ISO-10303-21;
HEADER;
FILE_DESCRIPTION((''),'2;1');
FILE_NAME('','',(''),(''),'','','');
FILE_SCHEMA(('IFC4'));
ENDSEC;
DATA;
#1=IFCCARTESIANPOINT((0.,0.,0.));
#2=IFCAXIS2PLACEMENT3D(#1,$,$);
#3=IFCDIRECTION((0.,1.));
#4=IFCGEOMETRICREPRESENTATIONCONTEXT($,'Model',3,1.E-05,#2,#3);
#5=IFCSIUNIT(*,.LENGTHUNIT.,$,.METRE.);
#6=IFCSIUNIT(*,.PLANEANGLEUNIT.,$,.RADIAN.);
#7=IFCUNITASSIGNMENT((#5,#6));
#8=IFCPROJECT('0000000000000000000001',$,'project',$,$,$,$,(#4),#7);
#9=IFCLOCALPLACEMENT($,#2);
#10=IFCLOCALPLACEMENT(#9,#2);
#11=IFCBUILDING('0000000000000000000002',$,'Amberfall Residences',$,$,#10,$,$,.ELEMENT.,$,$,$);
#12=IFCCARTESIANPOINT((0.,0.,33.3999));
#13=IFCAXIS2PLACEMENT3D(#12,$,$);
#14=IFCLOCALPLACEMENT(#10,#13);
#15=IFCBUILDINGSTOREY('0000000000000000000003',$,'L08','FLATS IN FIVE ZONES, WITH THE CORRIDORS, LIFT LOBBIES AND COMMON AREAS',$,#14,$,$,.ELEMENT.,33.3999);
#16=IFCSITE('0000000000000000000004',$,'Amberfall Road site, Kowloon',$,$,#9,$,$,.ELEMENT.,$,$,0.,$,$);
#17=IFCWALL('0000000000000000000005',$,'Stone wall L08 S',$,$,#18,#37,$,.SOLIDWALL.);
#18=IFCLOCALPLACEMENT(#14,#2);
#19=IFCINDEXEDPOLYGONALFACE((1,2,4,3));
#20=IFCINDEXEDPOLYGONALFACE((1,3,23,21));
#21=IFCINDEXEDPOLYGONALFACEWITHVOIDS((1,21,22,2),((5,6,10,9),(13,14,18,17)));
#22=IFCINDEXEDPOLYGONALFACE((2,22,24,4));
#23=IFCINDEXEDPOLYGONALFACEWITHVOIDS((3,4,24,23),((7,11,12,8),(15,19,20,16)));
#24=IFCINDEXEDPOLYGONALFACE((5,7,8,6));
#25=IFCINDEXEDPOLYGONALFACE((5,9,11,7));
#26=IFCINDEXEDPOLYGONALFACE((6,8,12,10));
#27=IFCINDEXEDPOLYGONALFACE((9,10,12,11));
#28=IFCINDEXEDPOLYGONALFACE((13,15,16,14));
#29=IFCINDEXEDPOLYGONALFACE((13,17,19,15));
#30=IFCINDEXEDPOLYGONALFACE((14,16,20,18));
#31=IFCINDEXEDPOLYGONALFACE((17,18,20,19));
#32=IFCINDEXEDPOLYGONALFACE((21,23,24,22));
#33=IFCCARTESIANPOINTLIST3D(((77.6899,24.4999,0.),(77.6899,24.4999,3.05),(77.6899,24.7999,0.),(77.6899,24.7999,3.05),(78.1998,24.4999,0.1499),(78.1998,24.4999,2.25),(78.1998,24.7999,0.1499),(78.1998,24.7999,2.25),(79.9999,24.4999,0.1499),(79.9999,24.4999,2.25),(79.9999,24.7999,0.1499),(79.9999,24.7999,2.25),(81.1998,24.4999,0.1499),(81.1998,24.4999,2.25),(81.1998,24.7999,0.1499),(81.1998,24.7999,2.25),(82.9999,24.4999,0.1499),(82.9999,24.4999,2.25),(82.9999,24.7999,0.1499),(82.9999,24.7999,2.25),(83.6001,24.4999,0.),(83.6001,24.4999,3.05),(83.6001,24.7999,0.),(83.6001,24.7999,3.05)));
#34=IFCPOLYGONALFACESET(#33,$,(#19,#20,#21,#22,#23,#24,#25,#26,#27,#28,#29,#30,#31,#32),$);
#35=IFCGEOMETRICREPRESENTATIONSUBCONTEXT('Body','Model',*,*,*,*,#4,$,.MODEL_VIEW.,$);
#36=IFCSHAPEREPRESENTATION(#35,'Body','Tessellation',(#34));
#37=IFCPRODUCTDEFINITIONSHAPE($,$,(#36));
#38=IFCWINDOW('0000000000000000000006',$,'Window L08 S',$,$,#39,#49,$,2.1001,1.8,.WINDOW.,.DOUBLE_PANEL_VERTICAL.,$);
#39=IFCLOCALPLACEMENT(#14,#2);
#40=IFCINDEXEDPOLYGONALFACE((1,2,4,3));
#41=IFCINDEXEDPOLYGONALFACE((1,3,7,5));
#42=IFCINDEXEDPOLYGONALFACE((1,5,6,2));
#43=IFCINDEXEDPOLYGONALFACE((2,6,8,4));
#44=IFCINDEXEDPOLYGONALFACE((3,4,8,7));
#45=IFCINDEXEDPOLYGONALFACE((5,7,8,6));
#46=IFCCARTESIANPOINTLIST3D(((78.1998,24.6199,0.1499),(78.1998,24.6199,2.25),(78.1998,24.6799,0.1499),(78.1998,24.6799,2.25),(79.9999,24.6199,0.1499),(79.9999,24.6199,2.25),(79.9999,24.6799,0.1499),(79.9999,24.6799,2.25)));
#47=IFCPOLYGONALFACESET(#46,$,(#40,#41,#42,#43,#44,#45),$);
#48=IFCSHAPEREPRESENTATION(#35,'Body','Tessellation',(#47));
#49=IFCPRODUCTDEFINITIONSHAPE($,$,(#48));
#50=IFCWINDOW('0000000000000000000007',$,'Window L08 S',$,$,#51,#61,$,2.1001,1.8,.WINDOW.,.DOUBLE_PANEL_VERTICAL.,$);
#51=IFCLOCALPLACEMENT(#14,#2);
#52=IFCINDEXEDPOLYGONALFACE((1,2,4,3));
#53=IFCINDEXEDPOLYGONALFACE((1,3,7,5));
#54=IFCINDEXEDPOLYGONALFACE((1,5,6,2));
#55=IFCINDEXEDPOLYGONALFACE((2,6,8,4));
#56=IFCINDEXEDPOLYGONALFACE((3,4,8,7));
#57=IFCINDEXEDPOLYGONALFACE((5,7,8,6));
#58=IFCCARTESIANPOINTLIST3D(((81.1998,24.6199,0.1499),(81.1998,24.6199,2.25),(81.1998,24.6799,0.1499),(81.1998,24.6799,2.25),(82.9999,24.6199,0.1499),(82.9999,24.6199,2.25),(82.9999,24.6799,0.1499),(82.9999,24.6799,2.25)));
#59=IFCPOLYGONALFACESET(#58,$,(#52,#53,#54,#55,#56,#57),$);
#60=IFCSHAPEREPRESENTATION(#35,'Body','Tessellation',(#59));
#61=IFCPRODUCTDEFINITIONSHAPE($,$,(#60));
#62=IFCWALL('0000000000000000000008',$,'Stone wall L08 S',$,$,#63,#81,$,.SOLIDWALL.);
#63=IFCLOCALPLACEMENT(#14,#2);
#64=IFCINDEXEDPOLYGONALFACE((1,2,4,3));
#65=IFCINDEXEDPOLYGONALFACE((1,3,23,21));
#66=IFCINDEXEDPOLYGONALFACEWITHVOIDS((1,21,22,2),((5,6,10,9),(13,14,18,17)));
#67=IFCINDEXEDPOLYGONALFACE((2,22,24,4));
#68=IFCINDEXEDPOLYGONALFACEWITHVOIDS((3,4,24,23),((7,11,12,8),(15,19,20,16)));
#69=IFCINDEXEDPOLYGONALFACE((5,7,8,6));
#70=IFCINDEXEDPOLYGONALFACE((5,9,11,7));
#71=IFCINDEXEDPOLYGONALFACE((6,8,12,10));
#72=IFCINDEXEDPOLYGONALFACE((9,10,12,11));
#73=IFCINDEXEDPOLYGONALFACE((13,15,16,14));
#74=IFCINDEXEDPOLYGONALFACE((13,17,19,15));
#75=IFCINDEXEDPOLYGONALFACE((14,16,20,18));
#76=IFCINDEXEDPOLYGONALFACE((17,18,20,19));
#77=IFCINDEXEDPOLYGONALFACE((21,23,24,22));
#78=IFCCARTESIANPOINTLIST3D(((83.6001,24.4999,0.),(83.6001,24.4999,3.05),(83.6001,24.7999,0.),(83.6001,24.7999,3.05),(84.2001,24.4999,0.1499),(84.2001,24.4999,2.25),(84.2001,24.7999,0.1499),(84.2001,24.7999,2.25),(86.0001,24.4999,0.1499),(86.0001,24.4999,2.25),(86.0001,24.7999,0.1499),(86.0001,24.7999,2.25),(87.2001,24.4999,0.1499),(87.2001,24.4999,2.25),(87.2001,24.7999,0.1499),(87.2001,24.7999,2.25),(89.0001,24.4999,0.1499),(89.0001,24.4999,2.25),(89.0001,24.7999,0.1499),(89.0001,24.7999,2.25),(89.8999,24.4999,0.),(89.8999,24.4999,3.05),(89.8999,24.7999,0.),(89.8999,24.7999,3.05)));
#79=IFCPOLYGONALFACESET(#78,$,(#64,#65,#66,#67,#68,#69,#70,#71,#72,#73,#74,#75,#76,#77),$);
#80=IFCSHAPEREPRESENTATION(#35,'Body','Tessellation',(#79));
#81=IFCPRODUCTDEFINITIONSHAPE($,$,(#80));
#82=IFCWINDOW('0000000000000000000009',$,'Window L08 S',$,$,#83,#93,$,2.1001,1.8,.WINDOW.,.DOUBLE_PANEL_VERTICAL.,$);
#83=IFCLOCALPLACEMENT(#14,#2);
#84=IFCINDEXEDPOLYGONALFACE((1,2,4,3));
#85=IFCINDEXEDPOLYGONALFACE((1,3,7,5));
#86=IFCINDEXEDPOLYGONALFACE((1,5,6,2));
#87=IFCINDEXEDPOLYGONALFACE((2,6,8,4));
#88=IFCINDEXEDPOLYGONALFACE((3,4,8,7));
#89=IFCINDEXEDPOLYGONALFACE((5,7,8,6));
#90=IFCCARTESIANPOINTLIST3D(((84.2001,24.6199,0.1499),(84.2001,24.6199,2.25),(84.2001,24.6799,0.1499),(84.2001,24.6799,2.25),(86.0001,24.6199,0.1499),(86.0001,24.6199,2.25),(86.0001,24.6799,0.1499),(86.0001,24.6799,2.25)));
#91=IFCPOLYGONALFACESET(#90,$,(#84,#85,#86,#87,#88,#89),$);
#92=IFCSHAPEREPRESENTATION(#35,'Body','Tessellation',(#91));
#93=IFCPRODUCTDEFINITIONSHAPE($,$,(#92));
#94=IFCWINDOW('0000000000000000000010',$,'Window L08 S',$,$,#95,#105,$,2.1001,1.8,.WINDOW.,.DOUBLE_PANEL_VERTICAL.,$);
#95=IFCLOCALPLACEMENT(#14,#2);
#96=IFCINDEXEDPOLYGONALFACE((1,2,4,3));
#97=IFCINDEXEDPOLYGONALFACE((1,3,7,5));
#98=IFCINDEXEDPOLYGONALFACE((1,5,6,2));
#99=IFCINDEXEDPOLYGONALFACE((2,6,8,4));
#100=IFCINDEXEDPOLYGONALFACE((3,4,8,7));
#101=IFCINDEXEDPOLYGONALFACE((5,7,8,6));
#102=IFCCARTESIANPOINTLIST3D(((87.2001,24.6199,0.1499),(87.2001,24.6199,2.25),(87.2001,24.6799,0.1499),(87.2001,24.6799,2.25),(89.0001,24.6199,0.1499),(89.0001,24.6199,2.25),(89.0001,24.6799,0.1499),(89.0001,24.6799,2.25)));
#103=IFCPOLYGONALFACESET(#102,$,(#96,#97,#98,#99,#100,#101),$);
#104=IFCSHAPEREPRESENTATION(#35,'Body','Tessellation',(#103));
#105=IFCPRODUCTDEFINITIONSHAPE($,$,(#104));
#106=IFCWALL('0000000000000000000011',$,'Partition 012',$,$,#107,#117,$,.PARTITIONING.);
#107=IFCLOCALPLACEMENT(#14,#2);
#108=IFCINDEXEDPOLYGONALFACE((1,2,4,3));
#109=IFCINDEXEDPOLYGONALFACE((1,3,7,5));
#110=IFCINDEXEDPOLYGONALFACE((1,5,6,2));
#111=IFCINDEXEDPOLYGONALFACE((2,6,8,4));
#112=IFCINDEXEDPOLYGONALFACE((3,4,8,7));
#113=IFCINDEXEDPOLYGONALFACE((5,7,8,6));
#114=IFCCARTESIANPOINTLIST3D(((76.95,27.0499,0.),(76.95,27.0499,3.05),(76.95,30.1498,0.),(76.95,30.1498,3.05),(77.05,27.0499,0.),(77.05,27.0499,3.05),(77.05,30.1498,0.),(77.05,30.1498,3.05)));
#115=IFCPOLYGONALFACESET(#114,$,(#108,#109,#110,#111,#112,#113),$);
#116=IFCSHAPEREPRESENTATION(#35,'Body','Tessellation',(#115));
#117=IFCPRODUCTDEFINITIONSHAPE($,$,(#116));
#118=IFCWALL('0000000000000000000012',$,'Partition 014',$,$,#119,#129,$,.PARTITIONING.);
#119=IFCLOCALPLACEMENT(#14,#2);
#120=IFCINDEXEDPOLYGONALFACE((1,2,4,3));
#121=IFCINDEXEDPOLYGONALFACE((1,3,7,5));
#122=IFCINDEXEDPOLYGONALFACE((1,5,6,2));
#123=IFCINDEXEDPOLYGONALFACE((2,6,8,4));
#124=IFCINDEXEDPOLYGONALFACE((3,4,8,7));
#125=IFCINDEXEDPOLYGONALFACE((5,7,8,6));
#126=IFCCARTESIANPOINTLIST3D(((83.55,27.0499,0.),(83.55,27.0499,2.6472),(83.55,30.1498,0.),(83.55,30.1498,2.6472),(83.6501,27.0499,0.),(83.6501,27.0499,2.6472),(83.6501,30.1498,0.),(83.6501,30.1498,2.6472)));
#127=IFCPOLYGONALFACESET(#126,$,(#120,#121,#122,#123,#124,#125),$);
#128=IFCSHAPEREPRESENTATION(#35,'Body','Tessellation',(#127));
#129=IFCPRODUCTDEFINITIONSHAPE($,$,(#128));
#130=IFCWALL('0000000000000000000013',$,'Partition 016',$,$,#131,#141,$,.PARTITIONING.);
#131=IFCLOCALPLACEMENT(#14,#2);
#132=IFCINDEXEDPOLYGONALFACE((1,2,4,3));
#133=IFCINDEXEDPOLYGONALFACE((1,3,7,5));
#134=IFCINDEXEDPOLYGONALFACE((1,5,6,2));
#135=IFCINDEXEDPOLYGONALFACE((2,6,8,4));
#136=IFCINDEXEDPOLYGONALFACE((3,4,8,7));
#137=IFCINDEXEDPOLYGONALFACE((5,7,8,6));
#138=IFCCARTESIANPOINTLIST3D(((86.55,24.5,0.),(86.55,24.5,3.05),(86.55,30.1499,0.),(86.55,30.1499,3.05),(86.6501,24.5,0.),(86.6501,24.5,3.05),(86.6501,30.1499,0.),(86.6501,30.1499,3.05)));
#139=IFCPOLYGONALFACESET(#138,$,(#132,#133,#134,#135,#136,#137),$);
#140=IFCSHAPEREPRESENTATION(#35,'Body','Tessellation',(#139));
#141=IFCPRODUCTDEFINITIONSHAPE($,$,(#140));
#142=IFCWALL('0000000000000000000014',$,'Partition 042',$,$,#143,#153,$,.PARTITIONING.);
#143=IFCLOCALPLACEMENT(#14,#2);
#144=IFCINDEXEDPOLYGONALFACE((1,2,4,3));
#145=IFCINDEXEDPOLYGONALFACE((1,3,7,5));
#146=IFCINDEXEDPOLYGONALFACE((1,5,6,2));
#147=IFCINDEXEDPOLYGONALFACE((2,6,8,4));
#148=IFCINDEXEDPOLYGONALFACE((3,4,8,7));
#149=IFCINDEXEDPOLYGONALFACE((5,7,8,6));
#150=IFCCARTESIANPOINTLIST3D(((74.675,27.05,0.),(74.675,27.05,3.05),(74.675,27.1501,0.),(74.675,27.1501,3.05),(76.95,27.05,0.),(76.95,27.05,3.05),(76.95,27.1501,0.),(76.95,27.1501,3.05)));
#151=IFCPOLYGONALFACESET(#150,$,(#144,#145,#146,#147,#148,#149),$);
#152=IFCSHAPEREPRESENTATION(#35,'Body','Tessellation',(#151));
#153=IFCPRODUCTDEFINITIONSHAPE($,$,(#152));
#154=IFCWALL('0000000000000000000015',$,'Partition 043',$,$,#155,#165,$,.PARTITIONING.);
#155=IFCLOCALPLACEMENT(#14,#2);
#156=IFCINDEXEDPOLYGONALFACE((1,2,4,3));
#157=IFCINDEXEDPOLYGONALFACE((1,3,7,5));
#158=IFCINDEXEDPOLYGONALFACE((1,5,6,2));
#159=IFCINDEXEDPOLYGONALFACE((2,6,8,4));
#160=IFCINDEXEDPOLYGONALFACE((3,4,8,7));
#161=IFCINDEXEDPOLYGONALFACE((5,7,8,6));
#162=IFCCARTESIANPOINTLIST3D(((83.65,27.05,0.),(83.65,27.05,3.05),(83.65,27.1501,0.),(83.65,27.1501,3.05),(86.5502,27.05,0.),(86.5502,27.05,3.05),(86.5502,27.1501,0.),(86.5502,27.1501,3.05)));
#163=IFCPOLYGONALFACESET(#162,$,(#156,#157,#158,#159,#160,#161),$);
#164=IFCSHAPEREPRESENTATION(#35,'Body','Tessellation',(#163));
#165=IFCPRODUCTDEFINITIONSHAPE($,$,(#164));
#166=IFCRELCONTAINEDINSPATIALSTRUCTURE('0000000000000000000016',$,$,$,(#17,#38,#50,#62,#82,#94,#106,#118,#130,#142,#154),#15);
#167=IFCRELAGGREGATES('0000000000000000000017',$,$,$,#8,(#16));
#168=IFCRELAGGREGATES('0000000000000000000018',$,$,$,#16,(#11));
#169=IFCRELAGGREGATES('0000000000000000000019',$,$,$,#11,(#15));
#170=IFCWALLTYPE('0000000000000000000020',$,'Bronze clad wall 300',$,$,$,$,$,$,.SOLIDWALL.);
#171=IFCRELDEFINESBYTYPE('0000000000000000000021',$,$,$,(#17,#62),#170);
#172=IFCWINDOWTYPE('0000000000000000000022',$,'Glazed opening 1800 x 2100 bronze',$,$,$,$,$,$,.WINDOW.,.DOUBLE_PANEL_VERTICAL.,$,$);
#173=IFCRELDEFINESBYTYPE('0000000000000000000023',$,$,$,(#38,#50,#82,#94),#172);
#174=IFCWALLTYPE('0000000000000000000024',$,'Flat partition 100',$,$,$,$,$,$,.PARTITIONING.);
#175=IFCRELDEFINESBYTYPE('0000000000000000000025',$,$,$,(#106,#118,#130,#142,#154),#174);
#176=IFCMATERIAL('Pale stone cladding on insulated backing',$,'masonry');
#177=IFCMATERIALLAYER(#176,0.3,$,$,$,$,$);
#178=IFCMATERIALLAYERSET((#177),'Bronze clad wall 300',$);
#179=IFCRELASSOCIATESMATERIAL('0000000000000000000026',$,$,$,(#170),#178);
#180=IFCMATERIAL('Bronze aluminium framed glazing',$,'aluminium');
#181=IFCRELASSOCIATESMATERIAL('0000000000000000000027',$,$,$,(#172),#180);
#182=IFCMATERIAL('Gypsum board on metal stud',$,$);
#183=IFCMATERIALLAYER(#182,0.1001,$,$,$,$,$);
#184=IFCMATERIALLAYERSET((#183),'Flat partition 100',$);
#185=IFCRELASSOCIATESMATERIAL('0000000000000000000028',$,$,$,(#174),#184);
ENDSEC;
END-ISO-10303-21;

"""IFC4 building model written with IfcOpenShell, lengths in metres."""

from ifc_helpers import new_model, si_unit, direction, frame, frame_2d, origin, place, context, subcontext, project, spatial, rectangle, extrude, material, layer, layer_set, type_object, element, fill, save


model = new_model("IFC4")

# Units and contexts
model_context = context("Model", 3, precision=1e-05, world=origin(), true_north=direction((0.0, 1.0)))
body_context = subcontext(model_context, "Body", "Model", "MODEL_VIEW")
ifc_project = project(units=[si_unit("LENGTHUNIT", "METRE"), si_unit("PLANEANGLEUNIT", "RADIAN")], contexts=[model_context])

# Site, building, storey
site_placement = place(None, origin())
site = spatial("IfcSite", under=ifc_project, at=site_placement, Name="Amberfall Road site, Kowloon", CompositionType="ELEMENT", RefElevation=0.0)
building_placement = place(site_placement, origin())
building = spatial("IfcBuilding", under=site, at=building_placement, Name="Amberfall Residences", CompositionType="ELEMENT")
storey_placement = place(building_placement, frame((0.0, 0.0, 33.3999)))
storey = spatial("IfcBuildingStorey", under=building, at=storey_placement, Name="L08", Description="FLATS IN FIVE ZONES, WITH THE CORRIDORS, LIFT LOBBIES AND COMMON AREAS", CompositionType="ELEMENT", Elevation=33.3999)

# Shared definitions
ifc_material_1 = material(Name="Pale stone cladding on insulated backing", Category="masonry")
ifc_layer_1 = layer(ifc_material_1, 0.3)
ifc_layer_set_1 = layer_set([ifc_layer_1], Name="Bronze clad wall 300")
wall_type_1 = type_object("IfcWallType", Name="Bronze clad wall 300", PredefinedType="SOLIDWALL", material=ifc_layer_set_1)
ifc_material_2 = material(Name="Bronze aluminium framed glazing", Category="aluminium")

# Walls, openings, windows
wall_1_placement = place(storey_placement, frame((77.6899, 24.6499, 0.0), z_axis=(0.0, 0.0, 1.0), x_axis=(1.0, 0.0, 0.0)))
wall_1 = element("IfcWall", 1, at=wall_1_placement, inside=storey, type_object=wall_type_1, Name="Stone wall L08 S", PredefinedType="SOLIDWALL", context=body_context, shape_type="SweptSolid", body=[
    extrude(rectangle(XDim=5.9102, YDim=0.3, at=frame_2d((2.9551, 0.0))), origin(), (0.0, 0.0, 1.0), 3.05),
])
opening_1_placement = place(wall_1_placement, frame((0.51, 0.0, 0.1499)))
opening_1 = element("IfcOpeningElement", 2, at=opening_1_placement, cuts=wall_1, PredefinedType="OPENING", context=body_context, shape_type="SweptSolid", body=[
    extrude(rectangle(XDim=1.8, YDim=2.1001, at=frame_2d((0.8999, 1.05))), frame((0.0, 0.1599, 0.0), z_axis=(0.0, -1.0, 0.0), x_axis=(1.0, 0.0, 0.0)), (0.0, 0.0, 1.0), 0.3201),
])
opening_2_placement = place(wall_1_placement, frame((3.51, 0.0, 0.1499)))
opening_2 = element("IfcOpeningElement", 3, at=opening_2_placement, cuts=wall_1, PredefinedType="OPENING", context=body_context, shape_type="SweptSolid", body=[
    extrude(rectangle(XDim=1.8, YDim=2.1001, at=frame_2d((0.8999, 1.05))), frame((0.0, 0.1599, 0.0), z_axis=(0.0, -1.0, 0.0), x_axis=(1.0, 0.0, 0.0)), (0.0, 0.0, 1.0), 0.3201),
])
window_type_1 = type_object("IfcWindowType", Name="Glazed opening 1800 x 2100 bronze", PartitioningType="DOUBLE_PANEL_VERTICAL", PredefinedType="WINDOW", material=ifc_material_2)
window_1_placement = place(opening_1_placement, origin())
window_1 = element("IfcWindow", 4, at=window_1_placement, inside=storey, type_object=window_type_1, Name="Window L08 S", OverallHeight=2.1001, OverallWidth=1.8, PartitioningType="DOUBLE_PANEL_VERTICAL", PredefinedType="WINDOW", context=body_context, shape_type="SweptSolid", body=[
    extrude(rectangle(XDim=1.8, YDim=2.1001, at=frame_2d((0.8999, 1.05))), frame((0.0, 0.03, 0.0), z_axis=(0.0, -1.0, 0.0), x_axis=(1.0, 0.0, 0.0)), (0.0, 0.0, 1.0), 0.0601),
])
fill(opening_1, window_1)
window_2_placement = place(opening_2_placement, origin())
window_2 = element("IfcWindow", 5, at=window_2_placement, inside=storey, type_object=window_type_1, Name="Window L08 S", OverallHeight=2.1001, OverallWidth=1.8, PartitioningType="DOUBLE_PANEL_VERTICAL", PredefinedType="WINDOW", context=body_context, shape_type="SweptSolid", body=[
    extrude(rectangle(XDim=1.8, YDim=2.1001, at=frame_2d((0.8999, 1.05))), frame((0.0, 0.03, 0.0), z_axis=(0.0, -1.0, 0.0), x_axis=(1.0, 0.0, 0.0)), (0.0, 0.0, 1.0), 0.0601),
])
fill(opening_2, window_2)
wall_2_placement = place(storey_placement, frame((83.6001, 24.6499, 0.0), z_axis=(0.0, 0.0, 1.0), x_axis=(1.0, 0.0, 0.0)))
wall_2 = element("IfcWall", 6, at=wall_2_placement, inside=storey, type_object=wall_type_1, Name="Stone wall L08 S", PredefinedType="SOLIDWALL", context=body_context, shape_type="SweptSolid", body=[
    extrude(rectangle(XDim=6.2998, YDim=0.3, at=frame_2d((3.1499, 0.0))), origin(), (0.0, 0.0, 1.0), 3.05),
])
opening_3_placement = place(wall_2_placement, frame((0.6001, 0.0, 0.1499)))
opening_3 = element("IfcOpeningElement", 7, at=opening_3_placement, cuts=wall_2, PredefinedType="OPENING", context=body_context, shape_type="SweptSolid", body=[
    extrude(rectangle(XDim=1.8, YDim=2.1001, at=frame_2d((0.8999, 1.05))), frame((0.0, 0.1599, 0.0), z_axis=(0.0, -1.0, 0.0), x_axis=(1.0, 0.0, 0.0)), (0.0, 0.0, 1.0), 0.3201),
])
opening_4_placement = place(wall_2_placement, frame((3.6001, 0.0, 0.1499)))
opening_4 = element("IfcOpeningElement", 8, at=opening_4_placement, cuts=wall_2, PredefinedType="OPENING", context=body_context, shape_type="SweptSolid", body=[
    extrude(rectangle(XDim=1.8, YDim=2.1001, at=frame_2d((0.8999, 1.05))), frame((0.0, 0.1599, 0.0), z_axis=(0.0, -1.0, 0.0), x_axis=(1.0, 0.0, 0.0)), (0.0, 0.0, 1.0), 0.3201),
])
window_3_placement = place(opening_3_placement, origin())
window_3 = element("IfcWindow", 9, at=window_3_placement, inside=storey, type_object=window_type_1, Name="Window L08 S", OverallHeight=2.1001, OverallWidth=1.8, PartitioningType="DOUBLE_PANEL_VERTICAL", PredefinedType="WINDOW", context=body_context, shape_type="SweptSolid", body=[
    extrude(rectangle(XDim=1.8, YDim=2.1001, at=frame_2d((0.8999, 1.05))), frame((0.0, 0.03, 0.0), z_axis=(0.0, -1.0, 0.0), x_axis=(1.0, 0.0, 0.0)), (0.0, 0.0, 1.0), 0.0601),
])
fill(opening_3, window_3)
window_4_placement = place(opening_4_placement, origin())
window_4 = element("IfcWindow", 10, at=window_4_placement, inside=storey, type_object=window_type_1, Name="Window L08 S", OverallHeight=2.1001, OverallWidth=1.8, PartitioningType="DOUBLE_PANEL_VERTICAL", PredefinedType="WINDOW", context=body_context, shape_type="SweptSolid", body=[
    extrude(rectangle(XDim=1.8, YDim=2.1001, at=frame_2d((0.8999, 1.05))), frame((0.0, 0.03, 0.0), z_axis=(0.0, -1.0, 0.0), x_axis=(1.0, 0.0, 0.0)), (0.0, 0.0, 1.0), 0.0601),
])
fill(opening_4, window_4)

# Walls
ifc_material_3 = material(Name="Gypsum board on metal stud")
ifc_layer_2 = layer(ifc_material_3, 0.1001)
ifc_layer_set_2 = layer_set([ifc_layer_2], Name="Flat partition 100")
wall_type_2 = type_object("IfcWallType", Name="Flat partition 100", PredefinedType="PARTITIONING", material=ifc_layer_set_2)
wall_3_placement = place(storey_placement, frame((77.0, 27.05, 0.0), z_axis=(0.0, 0.0, 1.0), x_axis=(0.0, 1.0, 0.0)))
element("IfcWall", 11, at=wall_3_placement, inside=storey, type_object=wall_type_2, Name="Partition 012", PredefinedType="PARTITIONING", context=body_context, shape_type="SweptSolid", body=[
    extrude(rectangle(XDim=3.0999, YDim=0.1001, at=frame_2d((1.5498, 0.0))), origin(), (0.0, 0.0, 1.0), 3.05),
])
wall_4_placement = place(storey_placement, frame((83.6001, 27.05, 0.0), z_axis=(0.0, 0.0, 1.0), x_axis=(0.0, 1.0, 0.0)))
element("IfcWall", 12, at=wall_4_placement, inside=storey, type_object=wall_type_2, Name="Partition 014", PredefinedType="PARTITIONING", context=body_context, shape_type="SweptSolid", body=[
    extrude(rectangle(XDim=3.0999, YDim=0.1001, at=frame_2d((1.5498, 0.0))), origin(), (0.0, 0.0, 1.0), 2.6472),
])
wall_5_placement = place(storey_placement, frame((86.6001, 24.5, 0.0), z_axis=(0.0, 0.0, 1.0), x_axis=(0.0, 1.0, 0.0)))
element("IfcWall", 13, at=wall_5_placement, inside=storey, type_object=wall_type_2, Name="Partition 016", PredefinedType="PARTITIONING", context=body_context, shape_type="SweptSolid", body=[
    extrude(rectangle(XDim=5.6499, YDim=0.1001, at=frame_2d((2.825, 0.0))), origin(), (0.0, 0.0, 1.0), 3.05),
])
wall_6_placement = place(storey_placement, frame((74.675, 27.1001, 0.0), z_axis=(0.0, 0.0, 1.0), x_axis=(1.0, 0.0, 0.0)))
element("IfcWall", 14, at=wall_6_placement, inside=storey, type_object=wall_type_2, Name="Partition 042", PredefinedType="PARTITIONING", context=body_context, shape_type="SweptSolid", body=[
    extrude(rectangle(XDim=2.2749, YDim=0.1001, at=frame_2d((1.1375, 0.0))), origin(), (0.0, 0.0, 1.0), 3.05),
])
wall_7_placement = place(storey_placement, frame((83.6499, 27.1001, 0.0), z_axis=(0.0, 0.0, 1.0), x_axis=(1.0, 0.0, 0.0)))
element("IfcWall", 15, at=wall_7_placement, inside=storey, type_object=wall_type_2, Name="Partition 043", PredefinedType="PARTITIONING", context=body_context, shape_type="SweptSolid", body=[
    extrude(rectangle(XDim=2.9001, YDim=0.1001, at=frame_2d((1.4502, 0.0))), origin(), (0.0, 0.0, 1.0), 3.05),
])

save(model, "model.ifc")
